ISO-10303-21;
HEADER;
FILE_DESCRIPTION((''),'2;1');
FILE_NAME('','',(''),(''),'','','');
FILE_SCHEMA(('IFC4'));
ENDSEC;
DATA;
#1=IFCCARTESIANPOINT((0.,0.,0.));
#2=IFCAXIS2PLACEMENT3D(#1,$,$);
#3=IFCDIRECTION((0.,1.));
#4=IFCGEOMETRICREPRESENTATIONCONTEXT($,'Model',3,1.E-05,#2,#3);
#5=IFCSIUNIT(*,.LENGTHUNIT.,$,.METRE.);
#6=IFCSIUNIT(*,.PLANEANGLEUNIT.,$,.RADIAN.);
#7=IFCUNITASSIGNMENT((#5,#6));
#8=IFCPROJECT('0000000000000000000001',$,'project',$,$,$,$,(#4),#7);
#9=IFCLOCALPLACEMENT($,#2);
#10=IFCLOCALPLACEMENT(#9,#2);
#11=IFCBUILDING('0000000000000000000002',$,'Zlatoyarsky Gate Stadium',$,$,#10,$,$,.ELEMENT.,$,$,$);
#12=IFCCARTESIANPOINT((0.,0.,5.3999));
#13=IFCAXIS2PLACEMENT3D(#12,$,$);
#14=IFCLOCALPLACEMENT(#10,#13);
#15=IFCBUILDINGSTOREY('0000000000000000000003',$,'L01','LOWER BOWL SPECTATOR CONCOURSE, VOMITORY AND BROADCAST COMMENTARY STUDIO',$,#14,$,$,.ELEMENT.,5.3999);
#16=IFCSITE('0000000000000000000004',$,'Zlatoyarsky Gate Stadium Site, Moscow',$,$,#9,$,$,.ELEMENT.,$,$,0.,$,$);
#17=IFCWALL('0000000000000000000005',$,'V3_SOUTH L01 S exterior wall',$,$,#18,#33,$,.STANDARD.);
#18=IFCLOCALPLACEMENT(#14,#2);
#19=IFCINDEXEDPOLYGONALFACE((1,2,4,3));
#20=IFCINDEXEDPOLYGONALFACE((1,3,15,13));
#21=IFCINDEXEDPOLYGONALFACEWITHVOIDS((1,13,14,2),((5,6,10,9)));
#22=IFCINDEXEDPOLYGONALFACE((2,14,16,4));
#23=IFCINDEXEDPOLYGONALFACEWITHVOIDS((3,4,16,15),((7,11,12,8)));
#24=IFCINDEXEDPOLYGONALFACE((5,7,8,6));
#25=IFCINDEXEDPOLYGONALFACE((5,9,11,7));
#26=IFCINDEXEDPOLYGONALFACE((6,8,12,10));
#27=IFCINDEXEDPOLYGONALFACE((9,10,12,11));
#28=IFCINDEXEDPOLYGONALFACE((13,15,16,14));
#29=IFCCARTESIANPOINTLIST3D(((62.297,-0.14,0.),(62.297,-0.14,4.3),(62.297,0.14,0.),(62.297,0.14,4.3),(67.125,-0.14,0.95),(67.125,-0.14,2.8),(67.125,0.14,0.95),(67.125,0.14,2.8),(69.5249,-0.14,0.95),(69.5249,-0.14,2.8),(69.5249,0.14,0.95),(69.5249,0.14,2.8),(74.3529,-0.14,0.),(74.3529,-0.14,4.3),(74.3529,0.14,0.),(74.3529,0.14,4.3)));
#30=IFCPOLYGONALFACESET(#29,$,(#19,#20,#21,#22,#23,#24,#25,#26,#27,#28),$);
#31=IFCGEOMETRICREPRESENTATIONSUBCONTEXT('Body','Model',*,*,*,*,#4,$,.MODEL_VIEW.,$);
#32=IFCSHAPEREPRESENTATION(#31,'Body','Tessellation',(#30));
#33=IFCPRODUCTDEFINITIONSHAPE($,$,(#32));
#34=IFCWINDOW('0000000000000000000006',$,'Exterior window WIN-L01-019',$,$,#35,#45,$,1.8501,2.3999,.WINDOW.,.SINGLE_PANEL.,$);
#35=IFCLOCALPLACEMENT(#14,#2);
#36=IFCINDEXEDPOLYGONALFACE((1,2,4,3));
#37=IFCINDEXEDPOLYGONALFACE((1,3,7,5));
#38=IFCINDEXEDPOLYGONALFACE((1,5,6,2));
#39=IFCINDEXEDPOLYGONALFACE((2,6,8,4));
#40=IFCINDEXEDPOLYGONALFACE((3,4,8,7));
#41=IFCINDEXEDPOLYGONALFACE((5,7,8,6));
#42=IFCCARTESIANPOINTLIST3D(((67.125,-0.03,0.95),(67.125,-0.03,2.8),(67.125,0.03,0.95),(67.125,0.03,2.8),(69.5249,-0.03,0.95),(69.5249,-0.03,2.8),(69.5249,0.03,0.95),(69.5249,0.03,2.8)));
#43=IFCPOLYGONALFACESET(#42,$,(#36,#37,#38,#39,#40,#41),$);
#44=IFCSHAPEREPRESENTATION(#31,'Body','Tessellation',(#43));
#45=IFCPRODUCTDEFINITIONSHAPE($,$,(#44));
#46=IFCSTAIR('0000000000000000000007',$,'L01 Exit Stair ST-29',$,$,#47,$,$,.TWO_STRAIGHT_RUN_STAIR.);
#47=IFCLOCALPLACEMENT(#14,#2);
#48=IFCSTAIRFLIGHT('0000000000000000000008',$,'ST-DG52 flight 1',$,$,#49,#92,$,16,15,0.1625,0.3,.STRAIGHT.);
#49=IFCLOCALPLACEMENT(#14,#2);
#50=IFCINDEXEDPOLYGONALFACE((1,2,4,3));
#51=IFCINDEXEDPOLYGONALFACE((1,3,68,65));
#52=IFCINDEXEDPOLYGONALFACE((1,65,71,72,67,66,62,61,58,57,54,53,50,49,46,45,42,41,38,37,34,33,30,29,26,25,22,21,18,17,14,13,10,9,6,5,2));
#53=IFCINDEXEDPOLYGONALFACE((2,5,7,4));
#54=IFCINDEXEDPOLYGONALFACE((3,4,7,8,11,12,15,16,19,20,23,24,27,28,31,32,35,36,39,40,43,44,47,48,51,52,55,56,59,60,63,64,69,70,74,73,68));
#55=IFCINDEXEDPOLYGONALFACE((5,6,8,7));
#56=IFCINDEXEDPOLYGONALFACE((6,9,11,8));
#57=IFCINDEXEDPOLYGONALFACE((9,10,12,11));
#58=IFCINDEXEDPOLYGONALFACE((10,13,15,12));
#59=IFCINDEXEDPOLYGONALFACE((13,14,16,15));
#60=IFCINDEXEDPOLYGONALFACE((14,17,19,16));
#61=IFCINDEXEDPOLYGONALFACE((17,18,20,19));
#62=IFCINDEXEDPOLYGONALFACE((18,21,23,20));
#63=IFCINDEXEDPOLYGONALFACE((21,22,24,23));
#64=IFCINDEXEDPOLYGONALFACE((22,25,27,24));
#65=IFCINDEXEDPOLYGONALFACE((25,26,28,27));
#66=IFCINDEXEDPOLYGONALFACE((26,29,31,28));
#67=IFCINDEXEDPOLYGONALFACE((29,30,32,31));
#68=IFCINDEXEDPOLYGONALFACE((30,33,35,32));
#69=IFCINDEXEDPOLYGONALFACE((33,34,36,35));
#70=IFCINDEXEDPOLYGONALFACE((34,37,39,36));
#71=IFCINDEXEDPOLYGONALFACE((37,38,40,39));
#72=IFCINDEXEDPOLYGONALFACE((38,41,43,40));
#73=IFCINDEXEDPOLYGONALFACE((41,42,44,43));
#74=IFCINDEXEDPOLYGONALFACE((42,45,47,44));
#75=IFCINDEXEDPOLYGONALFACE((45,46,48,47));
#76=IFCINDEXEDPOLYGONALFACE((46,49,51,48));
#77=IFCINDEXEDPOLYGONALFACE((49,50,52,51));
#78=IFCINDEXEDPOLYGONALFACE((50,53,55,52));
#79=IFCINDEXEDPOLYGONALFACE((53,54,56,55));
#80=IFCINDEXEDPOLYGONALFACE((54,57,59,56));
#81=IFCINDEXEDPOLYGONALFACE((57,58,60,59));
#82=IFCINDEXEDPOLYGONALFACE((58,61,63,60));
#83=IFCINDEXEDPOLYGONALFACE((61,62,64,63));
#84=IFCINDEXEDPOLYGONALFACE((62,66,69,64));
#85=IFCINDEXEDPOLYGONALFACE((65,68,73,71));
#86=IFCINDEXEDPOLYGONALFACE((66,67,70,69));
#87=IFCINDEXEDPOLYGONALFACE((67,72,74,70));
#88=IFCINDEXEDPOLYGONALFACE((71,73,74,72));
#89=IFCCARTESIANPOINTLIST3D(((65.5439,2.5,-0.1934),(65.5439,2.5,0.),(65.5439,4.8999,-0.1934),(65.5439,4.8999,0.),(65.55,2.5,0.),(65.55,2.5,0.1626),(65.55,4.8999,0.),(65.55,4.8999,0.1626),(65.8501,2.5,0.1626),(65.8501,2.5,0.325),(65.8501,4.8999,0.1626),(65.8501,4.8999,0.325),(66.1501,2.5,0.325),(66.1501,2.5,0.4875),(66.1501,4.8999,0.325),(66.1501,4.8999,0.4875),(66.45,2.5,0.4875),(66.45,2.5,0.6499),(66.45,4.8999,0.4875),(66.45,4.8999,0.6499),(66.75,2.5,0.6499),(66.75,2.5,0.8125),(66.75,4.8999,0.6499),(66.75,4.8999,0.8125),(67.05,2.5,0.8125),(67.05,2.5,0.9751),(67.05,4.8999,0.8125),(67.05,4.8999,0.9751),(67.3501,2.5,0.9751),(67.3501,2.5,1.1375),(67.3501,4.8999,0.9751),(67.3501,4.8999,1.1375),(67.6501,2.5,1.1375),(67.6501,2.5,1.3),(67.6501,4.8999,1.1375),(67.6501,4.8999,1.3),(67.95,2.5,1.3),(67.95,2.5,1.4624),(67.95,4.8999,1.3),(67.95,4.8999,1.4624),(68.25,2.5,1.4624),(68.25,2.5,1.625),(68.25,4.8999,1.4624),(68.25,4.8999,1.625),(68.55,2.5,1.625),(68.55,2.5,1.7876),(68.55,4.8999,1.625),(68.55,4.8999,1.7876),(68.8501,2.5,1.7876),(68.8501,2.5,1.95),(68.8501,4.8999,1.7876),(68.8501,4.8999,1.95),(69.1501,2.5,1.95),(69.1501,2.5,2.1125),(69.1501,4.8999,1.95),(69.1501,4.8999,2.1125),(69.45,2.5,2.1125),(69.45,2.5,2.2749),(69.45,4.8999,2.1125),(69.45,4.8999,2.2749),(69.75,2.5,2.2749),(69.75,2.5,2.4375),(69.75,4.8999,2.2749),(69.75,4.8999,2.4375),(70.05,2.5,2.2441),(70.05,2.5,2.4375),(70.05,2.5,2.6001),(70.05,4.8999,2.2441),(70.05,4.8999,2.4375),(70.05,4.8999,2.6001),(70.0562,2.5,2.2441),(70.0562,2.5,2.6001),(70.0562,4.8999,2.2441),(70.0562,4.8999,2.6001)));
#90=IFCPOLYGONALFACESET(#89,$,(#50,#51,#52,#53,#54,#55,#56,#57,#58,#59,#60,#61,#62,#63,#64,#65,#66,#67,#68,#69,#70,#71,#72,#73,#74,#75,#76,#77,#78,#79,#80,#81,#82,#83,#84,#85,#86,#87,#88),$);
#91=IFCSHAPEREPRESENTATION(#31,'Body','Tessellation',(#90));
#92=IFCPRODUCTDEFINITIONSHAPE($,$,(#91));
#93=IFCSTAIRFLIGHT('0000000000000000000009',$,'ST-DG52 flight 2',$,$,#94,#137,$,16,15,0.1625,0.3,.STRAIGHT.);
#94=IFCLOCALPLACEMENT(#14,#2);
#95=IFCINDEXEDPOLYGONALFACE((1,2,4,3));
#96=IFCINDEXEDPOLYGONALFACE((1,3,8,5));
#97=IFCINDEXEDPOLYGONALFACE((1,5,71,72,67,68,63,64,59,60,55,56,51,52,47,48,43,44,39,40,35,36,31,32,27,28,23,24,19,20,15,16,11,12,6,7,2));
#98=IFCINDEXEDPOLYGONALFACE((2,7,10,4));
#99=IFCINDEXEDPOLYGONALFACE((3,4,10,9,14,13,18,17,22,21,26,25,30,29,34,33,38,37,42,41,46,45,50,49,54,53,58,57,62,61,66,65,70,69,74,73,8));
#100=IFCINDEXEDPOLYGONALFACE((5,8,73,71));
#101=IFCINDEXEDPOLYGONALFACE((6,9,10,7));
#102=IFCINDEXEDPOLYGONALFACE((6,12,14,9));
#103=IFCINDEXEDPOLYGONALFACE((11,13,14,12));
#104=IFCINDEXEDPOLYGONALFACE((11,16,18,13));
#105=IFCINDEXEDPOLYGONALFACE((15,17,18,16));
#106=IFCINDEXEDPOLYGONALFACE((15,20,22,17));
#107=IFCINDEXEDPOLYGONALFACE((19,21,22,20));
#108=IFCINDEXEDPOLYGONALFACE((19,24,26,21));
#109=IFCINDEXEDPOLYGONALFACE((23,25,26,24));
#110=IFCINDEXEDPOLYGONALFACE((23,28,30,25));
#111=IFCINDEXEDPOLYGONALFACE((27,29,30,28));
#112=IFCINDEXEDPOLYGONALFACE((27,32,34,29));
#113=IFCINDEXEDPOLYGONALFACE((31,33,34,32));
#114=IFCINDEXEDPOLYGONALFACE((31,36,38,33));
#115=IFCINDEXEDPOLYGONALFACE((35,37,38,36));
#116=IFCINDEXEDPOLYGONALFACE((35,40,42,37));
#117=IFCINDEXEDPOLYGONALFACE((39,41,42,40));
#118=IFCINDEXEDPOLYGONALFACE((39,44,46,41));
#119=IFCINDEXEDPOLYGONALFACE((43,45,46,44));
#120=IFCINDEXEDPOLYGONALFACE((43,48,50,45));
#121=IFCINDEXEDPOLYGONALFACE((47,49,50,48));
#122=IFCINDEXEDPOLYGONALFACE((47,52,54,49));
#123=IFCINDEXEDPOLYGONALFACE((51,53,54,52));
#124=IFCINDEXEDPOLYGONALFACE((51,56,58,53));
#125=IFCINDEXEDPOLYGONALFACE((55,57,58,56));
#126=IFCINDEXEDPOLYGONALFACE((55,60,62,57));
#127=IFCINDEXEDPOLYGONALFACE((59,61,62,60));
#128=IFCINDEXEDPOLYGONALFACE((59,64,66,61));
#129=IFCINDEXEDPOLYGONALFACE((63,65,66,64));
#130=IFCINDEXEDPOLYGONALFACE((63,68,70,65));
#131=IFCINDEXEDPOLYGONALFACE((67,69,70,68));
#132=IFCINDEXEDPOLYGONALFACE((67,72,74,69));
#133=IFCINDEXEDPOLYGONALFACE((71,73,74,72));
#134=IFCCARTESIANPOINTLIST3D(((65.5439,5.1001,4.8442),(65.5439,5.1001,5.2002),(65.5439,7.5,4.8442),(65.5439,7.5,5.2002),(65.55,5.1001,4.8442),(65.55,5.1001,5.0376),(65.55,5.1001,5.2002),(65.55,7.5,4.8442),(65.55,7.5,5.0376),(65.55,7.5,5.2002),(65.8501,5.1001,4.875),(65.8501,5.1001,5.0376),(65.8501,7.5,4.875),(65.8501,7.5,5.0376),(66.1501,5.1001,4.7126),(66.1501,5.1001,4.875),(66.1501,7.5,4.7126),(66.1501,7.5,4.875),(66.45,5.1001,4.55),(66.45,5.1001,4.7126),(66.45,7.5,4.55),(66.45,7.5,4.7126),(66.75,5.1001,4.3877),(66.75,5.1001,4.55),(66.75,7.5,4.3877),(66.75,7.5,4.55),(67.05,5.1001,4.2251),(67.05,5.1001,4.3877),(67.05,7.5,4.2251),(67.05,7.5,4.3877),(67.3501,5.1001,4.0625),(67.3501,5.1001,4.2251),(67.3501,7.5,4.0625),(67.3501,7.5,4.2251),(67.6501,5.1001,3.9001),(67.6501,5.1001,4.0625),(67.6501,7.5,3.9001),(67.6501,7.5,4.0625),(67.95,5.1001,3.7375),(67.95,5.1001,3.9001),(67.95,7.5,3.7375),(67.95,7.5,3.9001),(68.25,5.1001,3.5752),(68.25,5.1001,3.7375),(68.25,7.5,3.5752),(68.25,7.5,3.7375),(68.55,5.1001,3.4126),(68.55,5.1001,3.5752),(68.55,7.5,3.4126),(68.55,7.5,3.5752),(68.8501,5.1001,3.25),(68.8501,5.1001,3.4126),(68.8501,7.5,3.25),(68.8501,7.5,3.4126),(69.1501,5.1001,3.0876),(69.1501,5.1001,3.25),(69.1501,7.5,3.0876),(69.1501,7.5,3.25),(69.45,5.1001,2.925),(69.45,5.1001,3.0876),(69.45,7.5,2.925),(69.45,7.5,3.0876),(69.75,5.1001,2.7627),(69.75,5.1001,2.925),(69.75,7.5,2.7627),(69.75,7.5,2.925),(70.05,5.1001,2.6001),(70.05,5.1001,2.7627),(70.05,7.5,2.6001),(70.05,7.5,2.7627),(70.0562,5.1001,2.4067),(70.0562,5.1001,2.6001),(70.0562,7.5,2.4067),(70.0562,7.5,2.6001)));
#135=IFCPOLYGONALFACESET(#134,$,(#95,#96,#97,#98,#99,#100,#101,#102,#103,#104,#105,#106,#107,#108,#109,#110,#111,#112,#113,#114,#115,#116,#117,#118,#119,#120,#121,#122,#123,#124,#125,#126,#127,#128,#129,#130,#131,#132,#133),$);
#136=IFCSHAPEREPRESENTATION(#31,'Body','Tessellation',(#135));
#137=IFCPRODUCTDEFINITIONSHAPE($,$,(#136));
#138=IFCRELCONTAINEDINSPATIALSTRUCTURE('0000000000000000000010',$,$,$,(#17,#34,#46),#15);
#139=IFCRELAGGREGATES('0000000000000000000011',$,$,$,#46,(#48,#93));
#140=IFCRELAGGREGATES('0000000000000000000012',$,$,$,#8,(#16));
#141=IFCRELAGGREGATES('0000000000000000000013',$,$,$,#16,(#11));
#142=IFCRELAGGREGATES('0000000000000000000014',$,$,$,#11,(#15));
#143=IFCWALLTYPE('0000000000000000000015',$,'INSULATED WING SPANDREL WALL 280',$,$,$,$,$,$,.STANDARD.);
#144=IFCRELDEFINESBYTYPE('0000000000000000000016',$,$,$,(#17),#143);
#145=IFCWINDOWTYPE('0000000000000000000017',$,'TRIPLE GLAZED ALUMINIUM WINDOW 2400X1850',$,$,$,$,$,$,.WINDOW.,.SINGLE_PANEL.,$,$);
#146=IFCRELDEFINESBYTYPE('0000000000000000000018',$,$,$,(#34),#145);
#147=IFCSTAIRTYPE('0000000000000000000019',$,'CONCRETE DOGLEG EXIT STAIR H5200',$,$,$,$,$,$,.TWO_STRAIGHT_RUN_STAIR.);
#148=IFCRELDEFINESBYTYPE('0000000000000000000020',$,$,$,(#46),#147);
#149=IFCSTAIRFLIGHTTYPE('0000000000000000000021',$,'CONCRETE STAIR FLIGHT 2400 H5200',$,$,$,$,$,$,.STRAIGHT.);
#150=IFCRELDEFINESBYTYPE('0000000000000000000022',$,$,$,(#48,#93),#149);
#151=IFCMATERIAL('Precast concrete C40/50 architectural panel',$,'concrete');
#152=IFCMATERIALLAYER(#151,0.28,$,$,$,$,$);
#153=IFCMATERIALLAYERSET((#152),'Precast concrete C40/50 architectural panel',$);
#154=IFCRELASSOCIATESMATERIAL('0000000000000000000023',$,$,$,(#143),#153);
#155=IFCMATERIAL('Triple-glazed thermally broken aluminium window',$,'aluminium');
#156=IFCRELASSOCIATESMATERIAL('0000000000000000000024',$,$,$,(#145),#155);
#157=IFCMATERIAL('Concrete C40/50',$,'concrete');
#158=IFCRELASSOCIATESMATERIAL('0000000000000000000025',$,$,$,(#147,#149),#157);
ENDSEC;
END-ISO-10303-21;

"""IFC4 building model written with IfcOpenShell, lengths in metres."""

from ifc_helpers import new_model, si_unit, direction, frame, frame_2d, origin, place, context, subcontext, project, spatial, polyline, rectangle, outline, extrude, material, layer, layer_set, type_object, element, fill, aggregate, save


model = new_model("IFC4")

# Units and contexts
model_context = context("Model", 3, precision=1e-05, world=origin(), true_north=direction((0.0, 1.0)))
body_context = subcontext(model_context, "Body", "Model", "MODEL_VIEW")
ifc_project = project(units=[si_unit("LENGTHUNIT", "METRE"), si_unit("PLANEANGLEUNIT", "RADIAN")], contexts=[model_context])

# Site, building, storey
site_placement = place(None, origin())
site = spatial("IfcSite", under=ifc_project, at=site_placement, Name="Zlatoyarsky Gate Stadium Site, Moscow", CompositionType="ELEMENT", RefElevation=0.0)
building_placement = place(site_placement, origin())
building = spatial("IfcBuilding", under=site, at=building_placement, Name="Zlatoyarsky Gate Stadium", CompositionType="ELEMENT")
storey_placement = place(building_placement, frame((0.0, 0.0, 5.3999)))
storey = spatial("IfcBuildingStorey", under=building, at=storey_placement, Name="L01", Description="LOWER BOWL SPECTATOR CONCOURSE, VOMITORY AND BROADCAST COMMENTARY STUDIO", CompositionType="ELEMENT", Elevation=5.3999)

# Shared definitions
ifc_material_1 = material(Name="Concrete C40/50", Category="concrete")

# Wall, opening, window
ifc_material_2 = material(Name="Precast concrete C40/50 architectural panel", Category="concrete")
ifc_layer_1 = layer(ifc_material_2, 0.28)
ifc_layer_set_1 = layer_set([ifc_layer_1], Name="Precast concrete C40/50 architectural panel")
wall_type_1 = type_object("IfcWallType", Name="INSULATED WING SPANDREL WALL 280", PredefinedType="STANDARD", material=ifc_layer_set_1)
wall_1_placement = place(storey_placement, frame((62.2971, 0.0, 0.0), z_axis=(0.0, 0.0, 1.0), x_axis=(1.0, 0.0, 0.0)))
wall_1 = element("IfcWall", 1, at=wall_1_placement, inside=storey, type_object=wall_type_1, Name="V3_SOUTH L01 S exterior wall", PredefinedType="STANDARD", context=body_context, shape_type="SweptSolid", body=[
    extrude(rectangle(XDim=12.0559, YDim=0.28, at=frame_2d((6.0278, 0.0))), origin(), (0.0, 0.0, 1.0), 4.3),
])
opening_1_placement = place(wall_1_placement, frame((4.8279, 0.0, 0.95)))
opening_1 = element("IfcOpeningElement", 2, at=opening_1_placement, cuts=wall_1, PredefinedType="OPENING", context=body_context, shape_type="SweptSolid", body=[
    extrude(rectangle(XDim=2.3999, YDim=1.8501, at=frame_2d((1.2, 0.925))), frame((0.0, 0.1499, 0.0), z_axis=(0.0, -1.0, 0.0), x_axis=(1.0, 0.0, 0.0)), (0.0, 0.0, 1.0), 0.3),
])
ifc_material_3 = material(Name="Triple-glazed thermally broken aluminium window", Category="aluminium")
window_type = type_object("IfcWindowType", Name="TRIPLE GLAZED ALUMINIUM WINDOW 2400X1850", PartitioningType="SINGLE_PANEL", PredefinedType="WINDOW", material=ifc_material_3)
window_placement = place(opening_1_placement, origin())
window = element("IfcWindow", 3, at=window_placement, inside=storey, type_object=window_type, Name="Exterior window WIN-L01-019", OverallHeight=1.8501, OverallWidth=2.3999, PartitioningType="SINGLE_PANEL", PredefinedType="WINDOW", context=body_context, shape_type="SweptSolid", body=[
    extrude(rectangle(XDim=2.3999, YDim=1.8501, at=frame_2d((1.2, 0.925))), frame((0.0, 0.03, 0.0), z_axis=(0.0, -1.0, 0.0), x_axis=(1.0, 0.0, 0.0)), (0.0, 0.0, 1.0), 0.0601),
])
fill(opening_1, window)

# Stair, stair flights
stair_type = type_object("IfcStairType", Name="CONCRETE DOGLEG EXIT STAIR H5200", PredefinedType="TWO_STRAIGHT_RUN_STAIR", material=ifc_material_1)
stair_placement = place(storey_placement, origin())
stair = element("IfcStair", 4, at=stair_placement, inside=storey, type_object=stair_type, Name="L01 Exit Stair ST-29", PredefinedType="TWO_STRAIGHT_RUN_STAIR")
stair_flight_type = type_object("IfcStairFlightType", Name="CONCRETE STAIR FLIGHT 2400 H5200", PredefinedType="STRAIGHT", material=ifc_material_1)
stair_flight_1_placement = place(storey_placement, frame((65.55, 3.7, 0.0), z_axis=(0.0, 0.0, 1.0), x_axis=(1.0, 0.0, 0.0)))
stair_flight_1 = element("IfcStairFlight", 5, at=stair_flight_1_placement, type_object=stair_flight_type, Name="ST-DG52 flight 1", NumberOfRisers=16, NumberOfTreads=15, PredefinedType="STRAIGHT", RiserHeight=0.1625, TreadLength=0.3, context=body_context, shape_type="SweptSolid", body=[
    extrude(outline(polyline([(-0.0061, -0.1934), (-0.0061, 0.0), (0.0, 0.0), (0.0, 0.1626), (0.3, 0.1626), (0.3, 0.325), (0.6001, 0.325), (0.6001, 0.4875), (0.8999, 0.4875), (0.8999, 0.6499), (1.2, 0.6499), (1.2, 0.8125), (1.5, 0.8125), (1.5, 0.9751), (1.8, 0.9751), (1.8, 1.1375), (2.1001, 1.1375), (2.1001, 1.3), (2.3999, 1.3), (2.3999, 1.4624), (2.7, 1.4624), (2.7, 1.625), (3.0, 1.625), (3.0, 1.7876), (3.3, 1.7876), (3.3, 1.95), (3.6001, 1.95), (3.6001, 2.1125), (3.8999, 2.1125), (3.8999, 2.2749), (4.2, 2.2749), (4.2, 2.4375), (4.5, 2.4375), (4.5, 2.6001), (4.5061, 2.6001), (4.5061, 2.2441), (4.5, 2.2441), (-0.0061, -0.1934)])), frame((0.0, 1.2, 0.0), z_axis=(0.0, -1.0, 0.0), x_axis=(1.0, 0.0, 0.0)), (0.0, 0.0, 1.0), 2.3999),
])
stair_flight_2_placement = place(storey_placement, frame((70.05, 6.3, 2.6001), z_axis=(0.0, 0.0, 1.0), x_axis=(-1.0, 0.0, 0.0)))
stair_flight_2 = element("IfcStairFlight", 6, at=stair_flight_2_placement, type_object=stair_flight_type, Name="ST-DG52 flight 2", NumberOfRisers=16, NumberOfTreads=15, PredefinedType="STRAIGHT", RiserHeight=0.1625, TreadLength=0.3, context=body_context, shape_type="SweptSolid", body=[
    extrude(outline(polyline([(-0.0061, -0.1934), (-0.0061, 0.0), (0.0, 0.0), (0.0, 0.1626), (0.3, 0.1626), (0.3, 0.325), (0.6001, 0.325), (0.6001, 0.4875), (0.8999, 0.4875), (0.8999, 0.6499), (1.2, 0.6499), (1.2, 0.8125), (1.5, 0.8125), (1.5, 0.9751), (1.8, 0.9751), (1.8, 1.1375), (2.1001, 1.1375), (2.1001, 1.3), (2.3999, 1.3), (2.3999, 1.4624), (2.7, 1.4624), (2.7, 1.625), (3.0, 1.625), (3.0, 1.7876), (3.3, 1.7876), (3.3, 1.95), (3.6001, 1.95), (3.6001, 2.1125), (3.8999, 2.1125), (3.8999, 2.2749), (4.2, 2.2749), (4.2, 2.4375), (4.5, 2.4375), (4.5, 2.6001), (4.5061, 2.6001), (4.5061, 2.2441), (4.5, 2.2441), (-0.0061, -0.1934)])), frame((0.0, 1.2, 0.0), z_axis=(0.0, -1.0, 0.0), x_axis=(1.0, 0.0, 0.0)), (0.0, 0.0, 1.0), 2.3999),
])
aggregate(stair, [stair_flight_1, stair_flight_2])

save(model, "model.ifc")
